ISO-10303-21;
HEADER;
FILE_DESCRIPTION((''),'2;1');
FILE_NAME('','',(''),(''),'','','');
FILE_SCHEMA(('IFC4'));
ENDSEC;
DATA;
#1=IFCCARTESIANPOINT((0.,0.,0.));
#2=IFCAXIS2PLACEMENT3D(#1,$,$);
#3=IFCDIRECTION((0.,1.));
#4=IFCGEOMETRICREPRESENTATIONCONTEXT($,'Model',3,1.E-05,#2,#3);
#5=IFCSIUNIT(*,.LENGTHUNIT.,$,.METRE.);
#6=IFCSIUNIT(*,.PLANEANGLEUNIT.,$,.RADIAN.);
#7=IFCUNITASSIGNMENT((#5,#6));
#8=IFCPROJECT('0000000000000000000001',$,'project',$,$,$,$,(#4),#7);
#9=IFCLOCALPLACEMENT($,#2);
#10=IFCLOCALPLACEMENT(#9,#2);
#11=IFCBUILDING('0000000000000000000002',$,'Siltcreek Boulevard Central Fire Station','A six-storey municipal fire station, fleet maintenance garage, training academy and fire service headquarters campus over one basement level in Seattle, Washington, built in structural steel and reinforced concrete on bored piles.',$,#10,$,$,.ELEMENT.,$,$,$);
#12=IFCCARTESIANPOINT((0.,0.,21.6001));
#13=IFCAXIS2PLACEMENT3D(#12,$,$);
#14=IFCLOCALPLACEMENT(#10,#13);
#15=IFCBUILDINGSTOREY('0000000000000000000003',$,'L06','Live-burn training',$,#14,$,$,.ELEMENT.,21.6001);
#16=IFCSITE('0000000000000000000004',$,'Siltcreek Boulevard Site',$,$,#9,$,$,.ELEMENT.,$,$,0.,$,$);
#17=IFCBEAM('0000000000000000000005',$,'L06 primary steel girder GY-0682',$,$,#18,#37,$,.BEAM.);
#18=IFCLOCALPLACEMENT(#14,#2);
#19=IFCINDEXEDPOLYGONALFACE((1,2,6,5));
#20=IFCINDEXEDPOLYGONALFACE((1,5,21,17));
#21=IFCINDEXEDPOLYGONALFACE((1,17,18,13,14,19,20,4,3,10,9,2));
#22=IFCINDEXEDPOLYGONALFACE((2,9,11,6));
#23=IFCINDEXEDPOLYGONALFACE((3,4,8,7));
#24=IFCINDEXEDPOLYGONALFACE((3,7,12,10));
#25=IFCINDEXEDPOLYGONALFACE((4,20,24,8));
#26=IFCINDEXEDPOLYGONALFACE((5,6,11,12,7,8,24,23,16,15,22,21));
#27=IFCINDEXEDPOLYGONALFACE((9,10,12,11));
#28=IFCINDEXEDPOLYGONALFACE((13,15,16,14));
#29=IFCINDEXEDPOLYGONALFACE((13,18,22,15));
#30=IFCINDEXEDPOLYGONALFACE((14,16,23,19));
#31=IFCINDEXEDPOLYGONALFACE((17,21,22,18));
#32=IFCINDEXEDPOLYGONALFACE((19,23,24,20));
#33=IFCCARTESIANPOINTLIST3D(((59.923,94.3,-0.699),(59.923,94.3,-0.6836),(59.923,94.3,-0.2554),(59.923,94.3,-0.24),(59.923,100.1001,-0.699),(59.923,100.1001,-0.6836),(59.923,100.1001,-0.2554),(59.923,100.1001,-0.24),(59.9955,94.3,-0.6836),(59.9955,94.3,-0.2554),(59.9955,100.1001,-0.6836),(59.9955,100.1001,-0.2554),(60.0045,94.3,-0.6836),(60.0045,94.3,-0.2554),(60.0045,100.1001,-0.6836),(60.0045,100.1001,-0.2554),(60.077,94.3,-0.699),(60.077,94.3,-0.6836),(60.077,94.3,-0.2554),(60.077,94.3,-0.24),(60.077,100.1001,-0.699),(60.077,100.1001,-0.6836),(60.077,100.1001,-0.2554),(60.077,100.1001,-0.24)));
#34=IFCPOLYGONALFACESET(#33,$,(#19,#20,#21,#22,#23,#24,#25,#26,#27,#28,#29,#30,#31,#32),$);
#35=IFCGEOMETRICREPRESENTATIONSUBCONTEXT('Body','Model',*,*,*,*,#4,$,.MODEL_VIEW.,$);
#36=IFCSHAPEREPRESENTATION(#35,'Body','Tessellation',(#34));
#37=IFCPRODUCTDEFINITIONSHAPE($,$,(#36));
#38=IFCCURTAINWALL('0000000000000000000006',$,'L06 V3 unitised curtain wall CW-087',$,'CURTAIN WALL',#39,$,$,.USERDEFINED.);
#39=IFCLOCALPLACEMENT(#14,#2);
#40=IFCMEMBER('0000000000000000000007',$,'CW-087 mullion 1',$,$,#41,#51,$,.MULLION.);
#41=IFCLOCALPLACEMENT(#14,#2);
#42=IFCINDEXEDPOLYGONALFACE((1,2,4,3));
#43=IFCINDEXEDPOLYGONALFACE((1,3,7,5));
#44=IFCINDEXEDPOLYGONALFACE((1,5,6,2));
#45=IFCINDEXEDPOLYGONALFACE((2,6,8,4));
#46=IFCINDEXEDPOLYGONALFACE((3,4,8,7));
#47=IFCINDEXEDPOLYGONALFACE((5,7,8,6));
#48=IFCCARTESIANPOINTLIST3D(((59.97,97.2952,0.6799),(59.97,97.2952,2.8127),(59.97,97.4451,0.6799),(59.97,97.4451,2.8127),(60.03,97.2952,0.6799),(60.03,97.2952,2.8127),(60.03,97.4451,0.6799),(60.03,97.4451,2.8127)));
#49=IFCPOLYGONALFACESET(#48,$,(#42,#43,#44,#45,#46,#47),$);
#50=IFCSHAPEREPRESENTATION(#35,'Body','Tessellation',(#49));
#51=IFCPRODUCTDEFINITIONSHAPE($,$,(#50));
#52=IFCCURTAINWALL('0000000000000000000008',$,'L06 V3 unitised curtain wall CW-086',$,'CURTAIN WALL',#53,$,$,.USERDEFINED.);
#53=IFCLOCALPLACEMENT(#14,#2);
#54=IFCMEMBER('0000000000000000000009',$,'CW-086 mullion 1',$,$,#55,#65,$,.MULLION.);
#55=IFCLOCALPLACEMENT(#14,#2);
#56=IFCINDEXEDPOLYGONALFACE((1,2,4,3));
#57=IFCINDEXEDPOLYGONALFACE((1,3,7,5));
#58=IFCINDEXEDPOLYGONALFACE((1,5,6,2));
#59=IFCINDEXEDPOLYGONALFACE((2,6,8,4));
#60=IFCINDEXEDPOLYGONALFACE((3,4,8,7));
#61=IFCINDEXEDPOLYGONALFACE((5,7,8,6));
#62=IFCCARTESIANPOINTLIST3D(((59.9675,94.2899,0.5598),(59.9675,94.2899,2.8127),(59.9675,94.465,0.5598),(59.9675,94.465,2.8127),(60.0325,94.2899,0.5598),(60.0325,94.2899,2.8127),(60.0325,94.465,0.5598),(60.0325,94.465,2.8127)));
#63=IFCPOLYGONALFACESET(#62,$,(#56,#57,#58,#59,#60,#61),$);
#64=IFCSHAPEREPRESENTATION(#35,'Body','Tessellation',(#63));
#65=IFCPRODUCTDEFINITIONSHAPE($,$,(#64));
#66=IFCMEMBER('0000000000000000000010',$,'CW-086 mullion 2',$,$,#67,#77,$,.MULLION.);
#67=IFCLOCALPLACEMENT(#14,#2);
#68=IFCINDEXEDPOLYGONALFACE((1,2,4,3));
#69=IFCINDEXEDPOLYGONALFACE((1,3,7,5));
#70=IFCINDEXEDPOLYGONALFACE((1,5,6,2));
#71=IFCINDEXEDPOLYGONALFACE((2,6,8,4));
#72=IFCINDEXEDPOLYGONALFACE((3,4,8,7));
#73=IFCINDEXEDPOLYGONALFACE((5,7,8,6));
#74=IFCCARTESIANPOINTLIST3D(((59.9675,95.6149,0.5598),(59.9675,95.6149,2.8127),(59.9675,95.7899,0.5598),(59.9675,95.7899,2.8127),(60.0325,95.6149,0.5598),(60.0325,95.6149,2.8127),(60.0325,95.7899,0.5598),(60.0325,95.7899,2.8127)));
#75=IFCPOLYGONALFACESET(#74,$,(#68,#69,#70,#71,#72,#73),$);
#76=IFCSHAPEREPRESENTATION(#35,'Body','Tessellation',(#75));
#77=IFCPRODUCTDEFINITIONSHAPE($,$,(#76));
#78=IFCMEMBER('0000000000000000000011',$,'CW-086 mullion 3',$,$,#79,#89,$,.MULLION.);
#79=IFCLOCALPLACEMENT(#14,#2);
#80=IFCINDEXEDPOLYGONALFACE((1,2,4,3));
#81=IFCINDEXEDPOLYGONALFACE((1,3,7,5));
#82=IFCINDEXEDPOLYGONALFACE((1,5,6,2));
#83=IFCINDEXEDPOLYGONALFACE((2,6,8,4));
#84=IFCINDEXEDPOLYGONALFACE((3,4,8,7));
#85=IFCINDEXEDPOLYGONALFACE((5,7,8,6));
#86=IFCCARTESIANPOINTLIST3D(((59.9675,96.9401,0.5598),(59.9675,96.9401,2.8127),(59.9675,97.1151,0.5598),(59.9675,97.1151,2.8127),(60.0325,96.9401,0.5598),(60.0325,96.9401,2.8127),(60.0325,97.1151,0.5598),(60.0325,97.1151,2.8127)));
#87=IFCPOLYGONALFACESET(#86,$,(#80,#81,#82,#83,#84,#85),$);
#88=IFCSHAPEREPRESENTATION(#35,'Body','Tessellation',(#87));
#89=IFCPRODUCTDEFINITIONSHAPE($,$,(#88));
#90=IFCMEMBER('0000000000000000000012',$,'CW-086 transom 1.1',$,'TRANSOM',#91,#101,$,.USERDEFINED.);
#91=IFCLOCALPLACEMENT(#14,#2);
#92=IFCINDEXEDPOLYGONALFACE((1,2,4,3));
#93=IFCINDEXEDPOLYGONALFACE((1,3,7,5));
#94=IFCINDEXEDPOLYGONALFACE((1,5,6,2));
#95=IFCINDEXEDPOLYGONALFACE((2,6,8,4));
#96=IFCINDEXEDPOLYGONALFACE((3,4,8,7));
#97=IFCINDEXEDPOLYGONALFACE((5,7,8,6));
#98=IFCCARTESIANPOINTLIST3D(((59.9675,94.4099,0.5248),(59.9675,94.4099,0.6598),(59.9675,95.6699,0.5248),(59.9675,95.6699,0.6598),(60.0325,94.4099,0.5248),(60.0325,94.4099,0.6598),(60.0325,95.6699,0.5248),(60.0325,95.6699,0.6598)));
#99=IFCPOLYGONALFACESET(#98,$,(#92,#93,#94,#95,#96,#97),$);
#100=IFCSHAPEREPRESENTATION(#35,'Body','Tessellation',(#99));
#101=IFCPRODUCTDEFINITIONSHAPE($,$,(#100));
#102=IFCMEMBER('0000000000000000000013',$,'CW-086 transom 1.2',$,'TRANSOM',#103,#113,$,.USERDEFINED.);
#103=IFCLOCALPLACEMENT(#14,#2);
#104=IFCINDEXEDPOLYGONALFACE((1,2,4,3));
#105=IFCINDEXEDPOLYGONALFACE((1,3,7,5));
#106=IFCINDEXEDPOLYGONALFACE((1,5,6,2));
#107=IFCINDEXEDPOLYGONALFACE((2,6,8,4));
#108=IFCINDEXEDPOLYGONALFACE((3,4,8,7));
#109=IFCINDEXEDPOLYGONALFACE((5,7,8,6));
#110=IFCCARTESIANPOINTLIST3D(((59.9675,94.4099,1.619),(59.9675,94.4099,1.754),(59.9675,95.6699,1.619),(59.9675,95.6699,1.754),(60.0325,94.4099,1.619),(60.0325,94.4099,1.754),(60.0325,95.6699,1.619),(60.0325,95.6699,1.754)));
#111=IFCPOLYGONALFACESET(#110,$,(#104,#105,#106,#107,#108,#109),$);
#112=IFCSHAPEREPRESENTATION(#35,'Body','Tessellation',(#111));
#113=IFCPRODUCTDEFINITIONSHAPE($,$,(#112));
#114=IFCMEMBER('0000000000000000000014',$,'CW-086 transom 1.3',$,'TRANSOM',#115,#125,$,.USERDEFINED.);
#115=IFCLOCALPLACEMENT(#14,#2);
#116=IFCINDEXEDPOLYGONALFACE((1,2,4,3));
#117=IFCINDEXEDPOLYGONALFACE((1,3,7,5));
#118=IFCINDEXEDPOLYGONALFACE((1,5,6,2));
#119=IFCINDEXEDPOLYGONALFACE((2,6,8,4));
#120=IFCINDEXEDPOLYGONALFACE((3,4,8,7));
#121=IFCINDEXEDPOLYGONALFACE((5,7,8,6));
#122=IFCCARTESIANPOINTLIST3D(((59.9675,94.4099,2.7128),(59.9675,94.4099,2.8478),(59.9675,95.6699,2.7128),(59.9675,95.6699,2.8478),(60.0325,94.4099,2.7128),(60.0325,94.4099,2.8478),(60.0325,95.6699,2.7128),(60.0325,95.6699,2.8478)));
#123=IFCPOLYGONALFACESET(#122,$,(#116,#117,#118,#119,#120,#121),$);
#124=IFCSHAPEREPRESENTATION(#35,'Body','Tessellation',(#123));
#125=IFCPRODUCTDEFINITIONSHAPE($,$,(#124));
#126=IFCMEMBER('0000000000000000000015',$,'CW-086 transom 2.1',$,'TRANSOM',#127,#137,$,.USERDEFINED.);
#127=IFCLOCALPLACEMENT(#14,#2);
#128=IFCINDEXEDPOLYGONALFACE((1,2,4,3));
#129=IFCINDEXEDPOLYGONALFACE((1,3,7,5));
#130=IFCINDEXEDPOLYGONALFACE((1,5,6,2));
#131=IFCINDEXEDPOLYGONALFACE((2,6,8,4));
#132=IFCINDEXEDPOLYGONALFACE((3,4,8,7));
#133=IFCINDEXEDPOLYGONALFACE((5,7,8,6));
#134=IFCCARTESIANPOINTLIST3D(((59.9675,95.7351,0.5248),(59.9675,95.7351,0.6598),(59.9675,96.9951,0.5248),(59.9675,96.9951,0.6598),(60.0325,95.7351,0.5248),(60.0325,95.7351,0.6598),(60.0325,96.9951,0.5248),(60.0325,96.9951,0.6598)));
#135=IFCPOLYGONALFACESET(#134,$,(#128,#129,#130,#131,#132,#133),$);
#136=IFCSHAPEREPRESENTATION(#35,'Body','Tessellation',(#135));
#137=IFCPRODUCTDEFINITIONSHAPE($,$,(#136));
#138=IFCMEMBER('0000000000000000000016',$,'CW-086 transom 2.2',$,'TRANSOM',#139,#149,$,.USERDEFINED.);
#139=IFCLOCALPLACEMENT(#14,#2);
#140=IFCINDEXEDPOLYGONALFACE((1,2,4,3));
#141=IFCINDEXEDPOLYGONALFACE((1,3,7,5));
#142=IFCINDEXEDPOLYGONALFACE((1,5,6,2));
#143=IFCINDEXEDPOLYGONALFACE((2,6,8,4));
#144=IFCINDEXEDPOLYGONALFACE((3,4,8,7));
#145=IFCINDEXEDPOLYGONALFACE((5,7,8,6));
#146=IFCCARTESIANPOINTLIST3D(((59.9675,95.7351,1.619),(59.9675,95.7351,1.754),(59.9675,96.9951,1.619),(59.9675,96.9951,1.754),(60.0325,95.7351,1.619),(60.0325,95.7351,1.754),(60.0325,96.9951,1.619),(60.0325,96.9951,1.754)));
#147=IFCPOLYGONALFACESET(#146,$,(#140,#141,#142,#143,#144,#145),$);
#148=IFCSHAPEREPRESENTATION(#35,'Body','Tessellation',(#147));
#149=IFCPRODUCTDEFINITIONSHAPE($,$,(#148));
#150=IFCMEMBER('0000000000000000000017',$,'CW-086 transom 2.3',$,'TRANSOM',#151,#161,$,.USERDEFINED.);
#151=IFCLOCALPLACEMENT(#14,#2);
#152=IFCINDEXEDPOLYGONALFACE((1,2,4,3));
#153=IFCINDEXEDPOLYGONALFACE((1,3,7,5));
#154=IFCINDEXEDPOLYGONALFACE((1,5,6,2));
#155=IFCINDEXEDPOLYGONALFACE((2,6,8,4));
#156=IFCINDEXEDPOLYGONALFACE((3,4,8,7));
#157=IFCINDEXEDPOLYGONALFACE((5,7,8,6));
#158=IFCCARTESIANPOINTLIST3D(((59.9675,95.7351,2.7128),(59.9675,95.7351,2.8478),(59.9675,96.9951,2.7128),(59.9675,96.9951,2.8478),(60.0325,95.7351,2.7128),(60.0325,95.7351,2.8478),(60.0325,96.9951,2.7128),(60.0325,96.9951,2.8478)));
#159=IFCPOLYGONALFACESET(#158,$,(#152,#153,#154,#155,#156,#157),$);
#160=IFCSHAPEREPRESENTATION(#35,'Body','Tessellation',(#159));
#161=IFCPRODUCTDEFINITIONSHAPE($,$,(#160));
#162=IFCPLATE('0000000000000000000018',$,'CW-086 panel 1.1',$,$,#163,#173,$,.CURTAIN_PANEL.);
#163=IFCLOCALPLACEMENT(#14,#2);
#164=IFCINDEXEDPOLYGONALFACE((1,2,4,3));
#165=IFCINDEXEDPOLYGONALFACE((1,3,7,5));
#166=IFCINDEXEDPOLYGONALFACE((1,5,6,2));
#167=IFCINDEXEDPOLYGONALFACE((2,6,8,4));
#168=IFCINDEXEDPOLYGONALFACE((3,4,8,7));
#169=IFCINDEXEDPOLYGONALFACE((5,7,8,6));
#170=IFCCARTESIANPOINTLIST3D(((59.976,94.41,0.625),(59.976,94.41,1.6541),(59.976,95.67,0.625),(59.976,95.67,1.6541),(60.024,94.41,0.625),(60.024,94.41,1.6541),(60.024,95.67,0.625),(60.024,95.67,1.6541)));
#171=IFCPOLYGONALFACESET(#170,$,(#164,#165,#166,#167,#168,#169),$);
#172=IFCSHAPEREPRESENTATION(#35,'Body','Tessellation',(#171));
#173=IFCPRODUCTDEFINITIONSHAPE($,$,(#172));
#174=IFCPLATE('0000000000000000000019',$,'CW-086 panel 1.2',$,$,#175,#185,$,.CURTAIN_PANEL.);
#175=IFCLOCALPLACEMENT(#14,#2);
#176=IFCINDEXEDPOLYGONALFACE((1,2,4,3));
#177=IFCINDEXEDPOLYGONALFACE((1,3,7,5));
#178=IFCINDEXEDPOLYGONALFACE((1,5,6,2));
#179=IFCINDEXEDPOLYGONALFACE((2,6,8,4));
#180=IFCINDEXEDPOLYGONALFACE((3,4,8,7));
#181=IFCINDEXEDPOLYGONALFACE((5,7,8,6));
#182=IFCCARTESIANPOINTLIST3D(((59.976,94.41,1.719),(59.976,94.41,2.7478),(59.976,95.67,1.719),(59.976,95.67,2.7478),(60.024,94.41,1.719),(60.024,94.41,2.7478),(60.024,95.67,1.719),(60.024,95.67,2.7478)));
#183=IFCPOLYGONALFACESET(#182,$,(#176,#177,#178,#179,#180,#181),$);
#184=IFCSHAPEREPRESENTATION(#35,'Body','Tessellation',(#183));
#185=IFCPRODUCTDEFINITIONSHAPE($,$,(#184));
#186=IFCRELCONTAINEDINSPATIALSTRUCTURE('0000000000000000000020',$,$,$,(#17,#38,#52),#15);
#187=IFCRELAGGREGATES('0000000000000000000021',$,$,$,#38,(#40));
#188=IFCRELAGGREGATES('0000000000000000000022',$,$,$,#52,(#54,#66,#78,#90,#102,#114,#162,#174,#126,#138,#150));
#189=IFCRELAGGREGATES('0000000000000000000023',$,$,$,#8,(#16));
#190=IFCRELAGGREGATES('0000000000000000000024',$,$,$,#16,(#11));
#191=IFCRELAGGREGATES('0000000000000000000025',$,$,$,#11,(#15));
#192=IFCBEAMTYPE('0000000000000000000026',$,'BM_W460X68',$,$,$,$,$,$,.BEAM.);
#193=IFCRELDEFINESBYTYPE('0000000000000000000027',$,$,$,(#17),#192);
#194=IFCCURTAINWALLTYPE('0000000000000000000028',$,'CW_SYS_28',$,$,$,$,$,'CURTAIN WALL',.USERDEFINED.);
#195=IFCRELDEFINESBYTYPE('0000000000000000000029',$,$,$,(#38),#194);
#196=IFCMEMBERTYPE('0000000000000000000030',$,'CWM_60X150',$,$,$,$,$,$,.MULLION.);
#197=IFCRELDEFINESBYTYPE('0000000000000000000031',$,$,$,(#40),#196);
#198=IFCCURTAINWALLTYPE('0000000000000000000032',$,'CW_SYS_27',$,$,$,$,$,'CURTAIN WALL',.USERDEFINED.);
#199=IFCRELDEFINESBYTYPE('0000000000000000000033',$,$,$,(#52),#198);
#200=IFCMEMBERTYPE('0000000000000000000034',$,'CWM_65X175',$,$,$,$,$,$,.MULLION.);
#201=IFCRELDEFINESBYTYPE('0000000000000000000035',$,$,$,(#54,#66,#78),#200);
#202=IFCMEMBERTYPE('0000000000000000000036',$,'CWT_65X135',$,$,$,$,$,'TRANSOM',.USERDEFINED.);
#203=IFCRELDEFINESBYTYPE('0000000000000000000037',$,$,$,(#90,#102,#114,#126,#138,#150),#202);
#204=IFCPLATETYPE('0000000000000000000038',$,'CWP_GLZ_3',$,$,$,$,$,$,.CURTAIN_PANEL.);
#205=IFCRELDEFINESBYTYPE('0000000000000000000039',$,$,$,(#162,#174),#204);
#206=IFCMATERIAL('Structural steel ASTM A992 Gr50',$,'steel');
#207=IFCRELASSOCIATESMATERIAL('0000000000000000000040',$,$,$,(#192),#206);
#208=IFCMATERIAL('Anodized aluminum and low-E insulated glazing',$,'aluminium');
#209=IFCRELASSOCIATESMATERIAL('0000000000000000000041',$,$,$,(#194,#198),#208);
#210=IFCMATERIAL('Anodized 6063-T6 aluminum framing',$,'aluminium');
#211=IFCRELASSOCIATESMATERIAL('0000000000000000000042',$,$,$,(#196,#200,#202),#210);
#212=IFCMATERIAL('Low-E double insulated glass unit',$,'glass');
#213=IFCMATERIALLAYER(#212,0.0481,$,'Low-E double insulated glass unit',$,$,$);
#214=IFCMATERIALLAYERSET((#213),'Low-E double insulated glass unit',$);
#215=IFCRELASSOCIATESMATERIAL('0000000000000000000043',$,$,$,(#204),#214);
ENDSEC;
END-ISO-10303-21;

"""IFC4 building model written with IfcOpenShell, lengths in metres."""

from ifc_helpers import new_model, si_unit, direction, frame, origin, origin_2d, place, context, subcontext, project, spatial, rectangle, i_section, extrude, material, layer, layer_set, material_profile, profile_set, type_object, element, aggregate, save


model = new_model("IFC4")

# Units and contexts
model_context = context("Model", 3, precision=1e-05, world=origin(), true_north=direction((0.0, 1.0)))
body_context = subcontext(model_context, "Body", "Model", "MODEL_VIEW")
ifc_project = project(units=[si_unit("LENGTHUNIT", "METRE"), si_unit("PLANEANGLEUNIT", "RADIAN")], contexts=[model_context])

# Site, building, storey
site_placement = place(None, origin())
site = spatial("IfcSite", under=ifc_project, at=site_placement, Name="Siltcreek Boulevard Site", CompositionType="ELEMENT", RefElevation=0.0)
building_placement = place(site_placement, origin())
building = spatial("IfcBuilding", under=site, at=building_placement, Name="Siltcreek Boulevard Central Fire Station", Description="A six-storey municipal fire station, fleet maintenance garage, training academy and fire service headquarters campus over one basement level in Seattle, Washington, built in structural steel and reinforced concrete on bored piles.", CompositionType="ELEMENT")
storey_placement = place(building_placement, frame((0.0, 0.0, 21.6001)))
storey = spatial("IfcBuildingStorey", under=building, at=storey_placement, Name="L06", Description="Live-burn training", CompositionType="ELEMENT", Elevation=21.6001)

# Beam
ifc_material_1 = material(Name="Structural steel ASTM A992 Gr50", Category="steel")
ifc_material_profile_1 = material_profile(ifc_material_1, i_section(OverallWidth=0.1541, OverallDepth=0.459, WebThickness=0.009, FlangeThickness=0.0154, at=origin_2d()), Name="W460X68")
ifc_profile_set_1 = profile_set([ifc_material_profile_1], Name="Structural steel ASTM A992 Gr50")
beam_type = type_object("IfcBeamType", Name="BM_W460X68", PredefinedType="BEAM", material=ifc_profile_set_1)
beam_placement = place(storey_placement, frame((60.0, 94.3, -0.4695), z_axis=(0.0, 1.0, 0.0), x_axis=(-1.0, 0.0, 0.0)))
element("IfcBeam", 1, at=beam_placement, inside=storey, type_object=beam_type, Name="L06 primary steel girder GY-0682", PredefinedType="BEAM", context=body_context, shape_type="SweptSolid", body=[
    extrude(i_section(OverallWidth=0.1541, OverallDepth=0.459, WebThickness=0.009, FlangeThickness=0.0154, at=origin_2d()), origin(), (0.0, 0.0, 1.0), 5.8),
])

# Curtain wall, member
ifc_material_2 = material(Name="Anodized aluminum and low-E insulated glazing", Category="aluminium")
curtain_wall_type_1 = type_object("IfcCurtainWallType", Name="CW_SYS_28", ElementType="CURTAIN WALL", PredefinedType="USERDEFINED", material=ifc_material_2)
curtain_wall_1_placement = place(storey_placement, origin())
curtain_wall_1 = element("IfcCurtainWall", 2, at=curtain_wall_1_placement, inside=storey, type_object=curtain_wall_type_1, Name="L06 V3 unitised curtain wall CW-087", ObjectType="CURTAIN WALL", PredefinedType="USERDEFINED")
ifc_material_3 = material(Name="Anodized 6063-T6 aluminum framing", Category="aluminium")
ifc_material_profile_2 = material_profile(ifc_material_3, rectangle(XDim=0.0601, YDim=0.1499, at=origin_2d()), Name="MULL60X150")
ifc_profile_set_2 = profile_set([ifc_material_profile_2], Name="Anodized 6063-T6 aluminum framing")
member_type_1 = type_object("IfcMemberType", Name="CWM_60X150", PredefinedType="MULLION", material=ifc_profile_set_2)
member_1_placement = place(storey_placement, frame((60.0, 97.3701, 0.6799), z_axis=(0.0, 0.0, 1.0), x_axis=(-1.0, 0.0, 0.0)))
member_1 = element("IfcMember", 3, at=member_1_placement, type_object=member_type_1, Name="CW-087 mullion 1", PredefinedType="MULLION", context=body_context, shape_type="SweptSolid", body=[
    extrude(rectangle(XDim=0.0601, YDim=0.1499, at=origin_2d()), origin(), (0.0, 0.0, 1.0), 2.1328),
])
aggregate(curtain_wall_1, [member_1])

# Curtain wall, members, plates
curtain_wall_type_2 = type_object("IfcCurtainWallType", Name="CW_SYS_27", ElementType="CURTAIN WALL", PredefinedType="USERDEFINED", material=ifc_material_2)
curtain_wall_2_placement = place(storey_placement, origin())
curtain_wall_2 = element("IfcCurtainWall", 4, at=curtain_wall_2_placement, inside=storey, type_object=curtain_wall_type_2, Name="L06 V3 unitised curtain wall CW-086", ObjectType="CURTAIN WALL", PredefinedType="USERDEFINED")
ifc_material_profile_3 = material_profile(ifc_material_3, rectangle(XDim=0.0649, YDim=0.175, at=origin_2d()), Name="MULL65X175")
ifc_profile_set_3 = profile_set([ifc_material_profile_3], Name="Anodized 6063-T6 aluminum framing")
member_type_2 = type_object("IfcMemberType", Name="CWM_65X175", PredefinedType="MULLION", material=ifc_profile_set_3)
member_2_placement = place(storey_placement, frame((60.0, 94.3774, 0.5598), z_axis=(0.0, 0.0, 1.0), x_axis=(-1.0, 0.0, 0.0)))
member_2 = element("IfcMember", 5, at=member_2_placement, type_object=member_type_2, Name="CW-086 mullion 1", PredefinedType="MULLION", context=body_context, shape_type="SweptSolid", body=[
    extrude(rectangle(XDim=0.0649, YDim=0.175, at=origin_2d()), origin(), (0.0, 0.0, 1.0), 2.2529),
])
member_3_placement = place(storey_placement, frame((60.0, 95.7024, 0.5598), z_axis=(0.0, 0.0, 1.0), x_axis=(-1.0, 0.0, 0.0)))
member_3 = element("IfcMember", 6, at=member_3_placement, type_object=member_type_2, Name="CW-086 mullion 2", PredefinedType="MULLION", context=body_context, shape_type="SweptSolid", body=[
    extrude(rectangle(XDim=0.0649, YDim=0.175, at=origin_2d()), origin(), (0.0, 0.0, 1.0), 2.2529),
])
member_4_placement = place(storey_placement, frame((60.0, 97.0276, 0.5598), z_axis=(0.0, 0.0, 1.0), x_axis=(-1.0, 0.0, 0.0)))
member_4 = element("IfcMember", 7, at=member_4_placement, type_object=member_type_2, Name="CW-086 mullion 3", PredefinedType="MULLION", context=body_context, shape_type="SweptSolid", body=[
    extrude(rectangle(XDim=0.0649, YDim=0.175, at=origin_2d()), origin(), (0.0, 0.0, 1.0), 2.2529),
])
ifc_material_profile_4 = material_profile(ifc_material_3, rectangle(XDim=0.0649, YDim=0.135, at=origin_2d()), Name="TRAN65X135")
ifc_profile_set_4 = profile_set([ifc_material_profile_4], Name="Anodized 6063-T6 aluminum framing")
member_type_3 = type_object("IfcMemberType", Name="CWT_65X135", ElementType="TRANSOM", PredefinedType="USERDEFINED", material=ifc_profile_set_4)
member_5_placement = place(storey_placement, frame((60.0, 94.4099, 0.5923), z_axis=(0.0, 1.0, 0.0), x_axis=(-1.0, 0.0, 0.0)))
member_5 = element("IfcMember", 8, at=member_5_placement, type_object=member_type_3, Name="CW-086 transom 1.1", ObjectType="TRANSOM", PredefinedType="USERDEFINED", context=body_context, shape_type="SweptSolid", body=[
    extrude(rectangle(XDim=0.0649, YDim=0.135, at=origin_2d()), origin(), (0.0, 0.0, 1.0), 1.26),
])
member_6_placement = place(storey_placement, frame((60.0, 94.4099, 1.6865), z_axis=(0.0, 1.0, 0.0), x_axis=(-1.0, 0.0, 0.0)))
member_6 = element("IfcMember", 9, at=member_6_placement, type_object=member_type_3, Name="CW-086 transom 1.2", ObjectType="TRANSOM", PredefinedType="USERDEFINED", context=body_context, shape_type="SweptSolid", body=[
    extrude(rectangle(XDim=0.0649, YDim=0.135, at=origin_2d()), origin(), (0.0, 0.0, 1.0), 1.26),
])
member_7_placement = place(storey_placement, frame((60.0, 94.4099, 2.7803), z_axis=(0.0, 1.0, 0.0), x_axis=(-1.0, 0.0, 0.0)))
member_7 = element("IfcMember", 10, at=member_7_placement, type_object=member_type_3, Name="CW-086 transom 1.3", ObjectType="TRANSOM", PredefinedType="USERDEFINED", context=body_context, shape_type="SweptSolid", body=[
    extrude(rectangle(XDim=0.0649, YDim=0.135, at=origin_2d()), origin(), (0.0, 0.0, 1.0), 1.26),
])
member_8_placement = place(storey_placement, frame((60.0, 95.7351, 0.5923), z_axis=(0.0, 1.0, 0.0), x_axis=(-1.0, 0.0, 0.0)))
member_8 = element("IfcMember", 11, at=member_8_placement, type_object=member_type_3, Name="CW-086 transom 2.1", ObjectType="TRANSOM", PredefinedType="USERDEFINED", context=body_context, shape_type="SweptSolid", body=[
    extrude(rectangle(XDim=0.0649, YDim=0.135, at=origin_2d()), origin(), (0.0, 0.0, 1.0), 1.26),
])
member_9_placement = place(storey_placement, frame((60.0, 95.7351, 1.6865), z_axis=(0.0, 1.0, 0.0), x_axis=(-1.0, 0.0, 0.0)))
member_9 = element("IfcMember", 12, at=member_9_placement, type_object=member_type_3, Name="CW-086 transom 2.2", ObjectType="TRANSOM", PredefinedType="USERDEFINED", context=body_context, shape_type="SweptSolid", body=[
    extrude(rectangle(XDim=0.0649, YDim=0.135, at=origin_2d()), origin(), (0.0, 0.0, 1.0), 1.26),
])
member_10_placement = place(storey_placement, frame((60.0, 95.7351, 2.7803), z_axis=(0.0, 1.0, 0.0), x_axis=(-1.0, 0.0, 0.0)))
member_10 = element("IfcMember", 13, at=member_10_placement, type_object=member_type_3, Name="CW-086 transom 2.3", ObjectType="TRANSOM", PredefinedType="USERDEFINED", context=body_context, shape_type="SweptSolid", body=[
    extrude(rectangle(XDim=0.0649, YDim=0.135, at=origin_2d()), origin(), (0.0, 0.0, 1.0), 1.26),
])
ifc_material_4 = material(Name="Low-E double insulated glass unit", Category="glass")
ifc_layer_1 = layer(ifc_material_4, 0.0481, Name="Low-E double insulated glass unit")
ifc_layer_set_1 = layer_set([ifc_layer_1], Name="Low-E double insulated glass unit")
plate_type = type_object("IfcPlateType", Name="CWP_GLZ_3", PredefinedType="CURTAIN_PANEL", material=ifc_layer_set_1)
plate_1_placement = place(storey_placement, frame((60.0, 95.04, 0.625), z_axis=(0.0, 0.0, 1.0), x_axis=(0.0, 1.0, 0.0)))
plate_1 = element("IfcPlate", 14, at=plate_1_placement, type_object=plate_type, Name="CW-086 panel 1.1", PredefinedType="CURTAIN_PANEL", context=body_context, shape_type="SweptSolid", body=[
    extrude(rectangle(XDim=1.26, YDim=0.0481, at=origin_2d()), origin(), (0.0, 0.0, 1.0), 1.0291),
])
plate_2_placement = place(storey_placement, frame((60.0, 95.04, 1.719), z_axis=(0.0, 0.0, 1.0), x_axis=(0.0, 1.0, 0.0)))
plate_2 = element("IfcPlate", 15, at=plate_2_placement, type_object=plate_type, Name="CW-086 panel 1.2", PredefinedType="CURTAIN_PANEL", context=body_context, shape_type="SweptSolid", body=[
    extrude(rectangle(XDim=1.26, YDim=0.0481, at=origin_2d()), origin(), (0.0, 0.0, 1.0), 1.0288),
])
aggregate(curtain_wall_2, [member_2, member_3, member_4, member_5, member_6, member_7, plate_1, plate_2, member_8, member_9, member_10])

save(model, "model.ifc")
